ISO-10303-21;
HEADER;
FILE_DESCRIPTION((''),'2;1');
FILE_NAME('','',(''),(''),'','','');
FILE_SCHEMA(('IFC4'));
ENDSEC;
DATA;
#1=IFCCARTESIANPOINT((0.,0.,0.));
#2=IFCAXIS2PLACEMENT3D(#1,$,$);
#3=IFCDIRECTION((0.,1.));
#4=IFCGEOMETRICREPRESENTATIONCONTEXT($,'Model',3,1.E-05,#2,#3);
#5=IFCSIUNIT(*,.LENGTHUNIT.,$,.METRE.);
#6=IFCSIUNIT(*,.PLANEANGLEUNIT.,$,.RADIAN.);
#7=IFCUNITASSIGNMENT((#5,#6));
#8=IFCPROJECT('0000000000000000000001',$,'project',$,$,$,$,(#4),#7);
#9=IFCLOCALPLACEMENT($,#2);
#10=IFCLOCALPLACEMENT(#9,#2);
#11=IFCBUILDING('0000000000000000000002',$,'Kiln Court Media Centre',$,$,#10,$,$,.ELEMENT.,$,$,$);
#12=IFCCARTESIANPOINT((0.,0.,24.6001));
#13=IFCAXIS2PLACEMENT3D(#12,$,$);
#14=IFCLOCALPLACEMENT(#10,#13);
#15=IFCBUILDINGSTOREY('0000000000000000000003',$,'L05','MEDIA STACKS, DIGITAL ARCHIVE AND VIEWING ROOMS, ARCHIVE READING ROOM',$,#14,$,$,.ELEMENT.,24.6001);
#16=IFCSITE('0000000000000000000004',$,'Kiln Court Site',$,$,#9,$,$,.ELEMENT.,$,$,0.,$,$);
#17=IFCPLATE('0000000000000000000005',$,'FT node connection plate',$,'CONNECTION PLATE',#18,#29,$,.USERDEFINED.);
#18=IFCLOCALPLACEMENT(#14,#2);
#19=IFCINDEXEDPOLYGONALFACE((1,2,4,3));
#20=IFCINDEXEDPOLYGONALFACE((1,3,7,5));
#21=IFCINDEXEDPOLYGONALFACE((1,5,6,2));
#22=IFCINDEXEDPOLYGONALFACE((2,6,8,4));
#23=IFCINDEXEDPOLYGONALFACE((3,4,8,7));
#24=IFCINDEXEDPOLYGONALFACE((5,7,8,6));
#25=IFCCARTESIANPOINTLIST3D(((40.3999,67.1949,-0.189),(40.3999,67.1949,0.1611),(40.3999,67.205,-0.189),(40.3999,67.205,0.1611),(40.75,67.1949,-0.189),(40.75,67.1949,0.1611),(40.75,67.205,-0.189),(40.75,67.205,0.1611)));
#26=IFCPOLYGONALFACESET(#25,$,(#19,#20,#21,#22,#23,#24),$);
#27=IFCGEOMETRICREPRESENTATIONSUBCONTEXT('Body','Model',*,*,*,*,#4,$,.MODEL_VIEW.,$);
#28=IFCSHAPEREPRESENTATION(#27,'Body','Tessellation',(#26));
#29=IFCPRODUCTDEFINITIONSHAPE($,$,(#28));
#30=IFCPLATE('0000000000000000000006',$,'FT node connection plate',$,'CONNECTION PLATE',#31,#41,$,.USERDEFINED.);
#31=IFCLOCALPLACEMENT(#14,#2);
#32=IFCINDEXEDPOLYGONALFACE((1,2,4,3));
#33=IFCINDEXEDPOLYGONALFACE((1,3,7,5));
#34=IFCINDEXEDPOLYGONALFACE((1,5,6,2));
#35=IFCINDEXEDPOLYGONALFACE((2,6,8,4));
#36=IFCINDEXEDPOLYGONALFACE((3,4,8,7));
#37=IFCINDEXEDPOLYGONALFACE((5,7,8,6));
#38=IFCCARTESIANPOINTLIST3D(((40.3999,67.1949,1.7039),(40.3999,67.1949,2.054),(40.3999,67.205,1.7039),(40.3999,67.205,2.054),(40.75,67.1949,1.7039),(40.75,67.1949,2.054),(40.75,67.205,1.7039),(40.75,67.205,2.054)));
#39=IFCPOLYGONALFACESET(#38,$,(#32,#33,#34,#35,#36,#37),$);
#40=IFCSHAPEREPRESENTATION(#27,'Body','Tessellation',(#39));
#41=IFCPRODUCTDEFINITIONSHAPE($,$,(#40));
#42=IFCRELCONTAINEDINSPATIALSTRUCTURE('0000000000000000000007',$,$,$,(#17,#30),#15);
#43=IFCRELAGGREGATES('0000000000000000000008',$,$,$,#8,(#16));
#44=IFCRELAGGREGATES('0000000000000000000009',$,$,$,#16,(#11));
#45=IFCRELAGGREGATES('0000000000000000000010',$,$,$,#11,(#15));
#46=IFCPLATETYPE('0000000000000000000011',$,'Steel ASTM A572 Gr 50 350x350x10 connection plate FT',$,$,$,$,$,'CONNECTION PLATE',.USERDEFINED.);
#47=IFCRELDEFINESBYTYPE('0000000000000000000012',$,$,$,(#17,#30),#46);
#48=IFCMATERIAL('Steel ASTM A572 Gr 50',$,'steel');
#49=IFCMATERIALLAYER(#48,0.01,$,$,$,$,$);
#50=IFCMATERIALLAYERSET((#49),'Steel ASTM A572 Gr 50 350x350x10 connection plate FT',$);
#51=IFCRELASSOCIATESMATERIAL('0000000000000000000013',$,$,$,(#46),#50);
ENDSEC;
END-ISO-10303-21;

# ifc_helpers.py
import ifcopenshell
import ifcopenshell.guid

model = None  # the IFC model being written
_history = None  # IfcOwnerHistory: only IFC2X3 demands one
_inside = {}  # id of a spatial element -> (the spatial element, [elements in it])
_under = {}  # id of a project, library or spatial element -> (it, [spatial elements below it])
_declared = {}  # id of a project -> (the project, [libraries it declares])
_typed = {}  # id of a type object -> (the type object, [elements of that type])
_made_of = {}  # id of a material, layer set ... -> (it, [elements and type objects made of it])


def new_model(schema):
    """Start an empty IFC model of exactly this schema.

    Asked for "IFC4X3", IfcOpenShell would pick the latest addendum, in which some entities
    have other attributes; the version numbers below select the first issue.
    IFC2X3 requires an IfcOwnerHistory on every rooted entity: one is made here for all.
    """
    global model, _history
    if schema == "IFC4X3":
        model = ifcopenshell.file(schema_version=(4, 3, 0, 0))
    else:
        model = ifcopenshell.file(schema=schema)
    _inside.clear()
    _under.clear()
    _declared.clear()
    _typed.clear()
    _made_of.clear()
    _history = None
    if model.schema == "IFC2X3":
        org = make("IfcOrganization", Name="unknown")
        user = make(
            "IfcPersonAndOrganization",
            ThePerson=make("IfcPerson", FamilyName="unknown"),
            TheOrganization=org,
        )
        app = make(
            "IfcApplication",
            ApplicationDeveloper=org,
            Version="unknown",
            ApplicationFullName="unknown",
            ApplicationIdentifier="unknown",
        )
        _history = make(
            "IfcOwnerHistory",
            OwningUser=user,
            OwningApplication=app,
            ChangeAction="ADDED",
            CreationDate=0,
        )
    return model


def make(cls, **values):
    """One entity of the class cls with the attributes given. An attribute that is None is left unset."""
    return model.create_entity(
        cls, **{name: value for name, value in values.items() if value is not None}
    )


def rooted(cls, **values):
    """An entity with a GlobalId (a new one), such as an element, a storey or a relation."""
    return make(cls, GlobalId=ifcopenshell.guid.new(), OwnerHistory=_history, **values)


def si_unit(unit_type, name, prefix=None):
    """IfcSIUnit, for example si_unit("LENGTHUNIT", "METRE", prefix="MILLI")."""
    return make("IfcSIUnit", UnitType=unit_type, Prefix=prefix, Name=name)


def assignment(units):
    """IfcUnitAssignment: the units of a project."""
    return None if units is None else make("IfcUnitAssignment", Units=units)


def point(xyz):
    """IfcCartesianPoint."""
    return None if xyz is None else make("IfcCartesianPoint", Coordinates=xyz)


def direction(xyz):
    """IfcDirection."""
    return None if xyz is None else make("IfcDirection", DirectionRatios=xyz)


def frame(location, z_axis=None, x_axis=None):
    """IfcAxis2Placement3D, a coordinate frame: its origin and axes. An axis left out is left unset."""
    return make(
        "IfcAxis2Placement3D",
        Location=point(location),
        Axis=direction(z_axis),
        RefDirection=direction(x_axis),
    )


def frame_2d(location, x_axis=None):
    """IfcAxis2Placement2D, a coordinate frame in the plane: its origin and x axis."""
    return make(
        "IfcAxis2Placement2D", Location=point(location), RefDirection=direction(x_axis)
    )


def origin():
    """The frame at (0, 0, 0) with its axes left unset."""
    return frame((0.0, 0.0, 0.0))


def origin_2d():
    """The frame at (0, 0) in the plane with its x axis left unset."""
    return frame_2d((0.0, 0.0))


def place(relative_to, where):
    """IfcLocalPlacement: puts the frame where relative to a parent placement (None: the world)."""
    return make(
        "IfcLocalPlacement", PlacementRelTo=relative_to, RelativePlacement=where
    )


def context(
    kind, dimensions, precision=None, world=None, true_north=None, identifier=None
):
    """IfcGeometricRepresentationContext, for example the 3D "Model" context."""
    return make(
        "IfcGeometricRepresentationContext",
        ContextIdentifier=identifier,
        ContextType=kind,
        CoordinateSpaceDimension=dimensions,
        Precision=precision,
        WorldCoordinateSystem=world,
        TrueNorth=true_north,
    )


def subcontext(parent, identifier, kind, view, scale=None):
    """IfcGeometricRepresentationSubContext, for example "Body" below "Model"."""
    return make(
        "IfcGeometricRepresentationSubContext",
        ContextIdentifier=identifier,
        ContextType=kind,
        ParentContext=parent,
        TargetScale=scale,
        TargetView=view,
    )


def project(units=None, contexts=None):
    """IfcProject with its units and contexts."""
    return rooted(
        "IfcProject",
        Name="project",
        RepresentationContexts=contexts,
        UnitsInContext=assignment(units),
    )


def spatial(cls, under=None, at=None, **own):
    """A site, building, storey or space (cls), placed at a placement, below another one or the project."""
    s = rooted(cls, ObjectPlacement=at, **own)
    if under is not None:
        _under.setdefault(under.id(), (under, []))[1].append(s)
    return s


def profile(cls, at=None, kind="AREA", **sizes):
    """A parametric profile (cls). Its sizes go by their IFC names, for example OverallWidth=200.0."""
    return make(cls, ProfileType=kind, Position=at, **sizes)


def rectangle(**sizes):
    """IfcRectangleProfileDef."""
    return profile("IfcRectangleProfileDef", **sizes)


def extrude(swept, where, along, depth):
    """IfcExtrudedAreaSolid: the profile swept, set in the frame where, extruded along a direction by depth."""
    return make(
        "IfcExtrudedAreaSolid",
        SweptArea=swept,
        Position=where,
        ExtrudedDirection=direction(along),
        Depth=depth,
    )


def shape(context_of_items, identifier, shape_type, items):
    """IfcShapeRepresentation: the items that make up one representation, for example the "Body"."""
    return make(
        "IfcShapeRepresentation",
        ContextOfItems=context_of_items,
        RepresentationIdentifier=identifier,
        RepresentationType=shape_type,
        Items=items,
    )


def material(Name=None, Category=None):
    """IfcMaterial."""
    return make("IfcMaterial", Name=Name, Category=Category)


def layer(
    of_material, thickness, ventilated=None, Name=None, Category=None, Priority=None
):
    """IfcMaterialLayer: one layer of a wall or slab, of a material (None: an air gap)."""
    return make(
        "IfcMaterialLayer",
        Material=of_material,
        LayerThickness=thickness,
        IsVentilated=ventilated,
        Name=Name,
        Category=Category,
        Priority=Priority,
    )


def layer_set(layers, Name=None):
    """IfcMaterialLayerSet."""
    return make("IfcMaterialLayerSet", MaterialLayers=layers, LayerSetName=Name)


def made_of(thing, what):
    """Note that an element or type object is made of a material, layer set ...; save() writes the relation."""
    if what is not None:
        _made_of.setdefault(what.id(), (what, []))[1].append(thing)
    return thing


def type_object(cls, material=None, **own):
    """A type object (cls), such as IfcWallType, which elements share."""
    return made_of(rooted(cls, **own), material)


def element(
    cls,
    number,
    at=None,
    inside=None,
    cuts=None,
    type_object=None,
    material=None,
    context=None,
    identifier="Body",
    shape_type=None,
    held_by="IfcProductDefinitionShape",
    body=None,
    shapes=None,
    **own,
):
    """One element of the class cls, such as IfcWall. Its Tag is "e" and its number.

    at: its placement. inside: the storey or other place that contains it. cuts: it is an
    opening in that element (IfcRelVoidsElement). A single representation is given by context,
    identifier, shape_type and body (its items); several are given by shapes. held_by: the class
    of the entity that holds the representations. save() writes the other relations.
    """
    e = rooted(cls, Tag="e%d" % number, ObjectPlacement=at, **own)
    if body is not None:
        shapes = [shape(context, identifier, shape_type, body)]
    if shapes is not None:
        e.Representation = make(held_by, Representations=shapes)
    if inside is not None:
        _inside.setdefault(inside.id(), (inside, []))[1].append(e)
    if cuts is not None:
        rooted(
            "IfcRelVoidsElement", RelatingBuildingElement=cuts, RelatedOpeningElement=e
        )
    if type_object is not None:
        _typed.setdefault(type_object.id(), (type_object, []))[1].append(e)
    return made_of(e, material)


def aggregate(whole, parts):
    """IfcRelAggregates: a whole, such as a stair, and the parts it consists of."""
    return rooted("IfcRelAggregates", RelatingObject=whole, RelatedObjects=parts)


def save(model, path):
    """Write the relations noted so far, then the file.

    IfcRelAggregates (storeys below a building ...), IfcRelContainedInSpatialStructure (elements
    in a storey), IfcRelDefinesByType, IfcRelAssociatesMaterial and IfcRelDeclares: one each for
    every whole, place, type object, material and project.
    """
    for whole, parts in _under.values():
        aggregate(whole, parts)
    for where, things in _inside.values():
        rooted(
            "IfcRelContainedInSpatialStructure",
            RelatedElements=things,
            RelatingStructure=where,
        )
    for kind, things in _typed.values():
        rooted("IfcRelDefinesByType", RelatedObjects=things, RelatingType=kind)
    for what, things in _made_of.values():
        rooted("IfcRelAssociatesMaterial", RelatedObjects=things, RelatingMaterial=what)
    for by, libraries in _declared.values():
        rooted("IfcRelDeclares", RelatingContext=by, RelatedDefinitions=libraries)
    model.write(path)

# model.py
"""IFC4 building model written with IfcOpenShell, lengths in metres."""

from ifc_helpers import new_model, si_unit, direction, frame, origin, origin_2d, place, context, subcontext, project, spatial, rectangle, extrude, material, layer, layer_set, type_object, element, save


model = new_model("IFC4")

# Units and contexts
model_context = context("Model", 3, precision=1e-05, world=origin(), true_north=direction((0.0, 1.0)))
body_context = subcontext(model_context, "Body", "Model", "MODEL_VIEW")
ifc_project = project(units=[si_unit("LENGTHUNIT", "METRE"), si_unit("PLANEANGLEUNIT", "RADIAN")], contexts=[model_context])

# Site, building, storey
site_placement = place(None, origin())
site = spatial("IfcSite", under=ifc_project, at=site_placement, Name="Kiln Court Site", CompositionType="ELEMENT", RefElevation=0.0)
building_placement = place(site_placement, origin())
building = spatial("IfcBuilding", under=site, at=building_placement, Name="Kiln Court Media Centre", CompositionType="ELEMENT")
storey_placement = place(building_placement, frame((0.0, 0.0, 24.6001)))
storey = spatial("IfcBuildingStorey", under=building, at=storey_placement, Name="L05", Description="MEDIA STACKS, DIGITAL ARCHIVE AND VIEWING ROOMS, ARCHIVE READING ROOM", CompositionType="ELEMENT", Elevation=24.6001)

# Plates
ifc_material_1 = material(Name="Steel ASTM A572 Gr 50", Category="steel")
ifc_layer_1 = layer(ifc_material_1, 0.01)
ifc_layer_set_1 = layer_set([ifc_layer_1], Name="Steel ASTM A572 Gr 50 350x350x10 connection plate FT")
plate_type_1 = type_object("IfcPlateType", Name="Steel ASTM A572 Gr 50 350x350x10 connection plate FT", ElementType="CONNECTION PLATE", PredefinedType="USERDEFINED", material=ifc_layer_set_1)
for number, where, z_axis, x_axis, name in (
    (1, (40.575, 67.2, -0.189), (0.0, 0.0, 1.0), (1.0, 0.0, 0.0), "FT node connection plate"),
    (2, (40.575, 67.2, 1.7039), (0.0, 0.0, 1.0), (1.0, 0.0, 0.0), "FT node connection plate"),
):
    element("IfcPlate", number, at=place(storey_placement, frame(where, z_axis=z_axis, x_axis=x_axis)), inside=storey, type_object=plate_type_1, Name=name, ObjectType="CONNECTION PLATE", PredefinedType="USERDEFINED", context=body_context, shape_type="SweptSolid", body=[
        extrude(rectangle(XDim=0.3501, YDim=0.01, at=origin_2d()), origin(), (0.0, 0.0, 1.0), 0.3501),
    ])

save(model, "model.ifc")
